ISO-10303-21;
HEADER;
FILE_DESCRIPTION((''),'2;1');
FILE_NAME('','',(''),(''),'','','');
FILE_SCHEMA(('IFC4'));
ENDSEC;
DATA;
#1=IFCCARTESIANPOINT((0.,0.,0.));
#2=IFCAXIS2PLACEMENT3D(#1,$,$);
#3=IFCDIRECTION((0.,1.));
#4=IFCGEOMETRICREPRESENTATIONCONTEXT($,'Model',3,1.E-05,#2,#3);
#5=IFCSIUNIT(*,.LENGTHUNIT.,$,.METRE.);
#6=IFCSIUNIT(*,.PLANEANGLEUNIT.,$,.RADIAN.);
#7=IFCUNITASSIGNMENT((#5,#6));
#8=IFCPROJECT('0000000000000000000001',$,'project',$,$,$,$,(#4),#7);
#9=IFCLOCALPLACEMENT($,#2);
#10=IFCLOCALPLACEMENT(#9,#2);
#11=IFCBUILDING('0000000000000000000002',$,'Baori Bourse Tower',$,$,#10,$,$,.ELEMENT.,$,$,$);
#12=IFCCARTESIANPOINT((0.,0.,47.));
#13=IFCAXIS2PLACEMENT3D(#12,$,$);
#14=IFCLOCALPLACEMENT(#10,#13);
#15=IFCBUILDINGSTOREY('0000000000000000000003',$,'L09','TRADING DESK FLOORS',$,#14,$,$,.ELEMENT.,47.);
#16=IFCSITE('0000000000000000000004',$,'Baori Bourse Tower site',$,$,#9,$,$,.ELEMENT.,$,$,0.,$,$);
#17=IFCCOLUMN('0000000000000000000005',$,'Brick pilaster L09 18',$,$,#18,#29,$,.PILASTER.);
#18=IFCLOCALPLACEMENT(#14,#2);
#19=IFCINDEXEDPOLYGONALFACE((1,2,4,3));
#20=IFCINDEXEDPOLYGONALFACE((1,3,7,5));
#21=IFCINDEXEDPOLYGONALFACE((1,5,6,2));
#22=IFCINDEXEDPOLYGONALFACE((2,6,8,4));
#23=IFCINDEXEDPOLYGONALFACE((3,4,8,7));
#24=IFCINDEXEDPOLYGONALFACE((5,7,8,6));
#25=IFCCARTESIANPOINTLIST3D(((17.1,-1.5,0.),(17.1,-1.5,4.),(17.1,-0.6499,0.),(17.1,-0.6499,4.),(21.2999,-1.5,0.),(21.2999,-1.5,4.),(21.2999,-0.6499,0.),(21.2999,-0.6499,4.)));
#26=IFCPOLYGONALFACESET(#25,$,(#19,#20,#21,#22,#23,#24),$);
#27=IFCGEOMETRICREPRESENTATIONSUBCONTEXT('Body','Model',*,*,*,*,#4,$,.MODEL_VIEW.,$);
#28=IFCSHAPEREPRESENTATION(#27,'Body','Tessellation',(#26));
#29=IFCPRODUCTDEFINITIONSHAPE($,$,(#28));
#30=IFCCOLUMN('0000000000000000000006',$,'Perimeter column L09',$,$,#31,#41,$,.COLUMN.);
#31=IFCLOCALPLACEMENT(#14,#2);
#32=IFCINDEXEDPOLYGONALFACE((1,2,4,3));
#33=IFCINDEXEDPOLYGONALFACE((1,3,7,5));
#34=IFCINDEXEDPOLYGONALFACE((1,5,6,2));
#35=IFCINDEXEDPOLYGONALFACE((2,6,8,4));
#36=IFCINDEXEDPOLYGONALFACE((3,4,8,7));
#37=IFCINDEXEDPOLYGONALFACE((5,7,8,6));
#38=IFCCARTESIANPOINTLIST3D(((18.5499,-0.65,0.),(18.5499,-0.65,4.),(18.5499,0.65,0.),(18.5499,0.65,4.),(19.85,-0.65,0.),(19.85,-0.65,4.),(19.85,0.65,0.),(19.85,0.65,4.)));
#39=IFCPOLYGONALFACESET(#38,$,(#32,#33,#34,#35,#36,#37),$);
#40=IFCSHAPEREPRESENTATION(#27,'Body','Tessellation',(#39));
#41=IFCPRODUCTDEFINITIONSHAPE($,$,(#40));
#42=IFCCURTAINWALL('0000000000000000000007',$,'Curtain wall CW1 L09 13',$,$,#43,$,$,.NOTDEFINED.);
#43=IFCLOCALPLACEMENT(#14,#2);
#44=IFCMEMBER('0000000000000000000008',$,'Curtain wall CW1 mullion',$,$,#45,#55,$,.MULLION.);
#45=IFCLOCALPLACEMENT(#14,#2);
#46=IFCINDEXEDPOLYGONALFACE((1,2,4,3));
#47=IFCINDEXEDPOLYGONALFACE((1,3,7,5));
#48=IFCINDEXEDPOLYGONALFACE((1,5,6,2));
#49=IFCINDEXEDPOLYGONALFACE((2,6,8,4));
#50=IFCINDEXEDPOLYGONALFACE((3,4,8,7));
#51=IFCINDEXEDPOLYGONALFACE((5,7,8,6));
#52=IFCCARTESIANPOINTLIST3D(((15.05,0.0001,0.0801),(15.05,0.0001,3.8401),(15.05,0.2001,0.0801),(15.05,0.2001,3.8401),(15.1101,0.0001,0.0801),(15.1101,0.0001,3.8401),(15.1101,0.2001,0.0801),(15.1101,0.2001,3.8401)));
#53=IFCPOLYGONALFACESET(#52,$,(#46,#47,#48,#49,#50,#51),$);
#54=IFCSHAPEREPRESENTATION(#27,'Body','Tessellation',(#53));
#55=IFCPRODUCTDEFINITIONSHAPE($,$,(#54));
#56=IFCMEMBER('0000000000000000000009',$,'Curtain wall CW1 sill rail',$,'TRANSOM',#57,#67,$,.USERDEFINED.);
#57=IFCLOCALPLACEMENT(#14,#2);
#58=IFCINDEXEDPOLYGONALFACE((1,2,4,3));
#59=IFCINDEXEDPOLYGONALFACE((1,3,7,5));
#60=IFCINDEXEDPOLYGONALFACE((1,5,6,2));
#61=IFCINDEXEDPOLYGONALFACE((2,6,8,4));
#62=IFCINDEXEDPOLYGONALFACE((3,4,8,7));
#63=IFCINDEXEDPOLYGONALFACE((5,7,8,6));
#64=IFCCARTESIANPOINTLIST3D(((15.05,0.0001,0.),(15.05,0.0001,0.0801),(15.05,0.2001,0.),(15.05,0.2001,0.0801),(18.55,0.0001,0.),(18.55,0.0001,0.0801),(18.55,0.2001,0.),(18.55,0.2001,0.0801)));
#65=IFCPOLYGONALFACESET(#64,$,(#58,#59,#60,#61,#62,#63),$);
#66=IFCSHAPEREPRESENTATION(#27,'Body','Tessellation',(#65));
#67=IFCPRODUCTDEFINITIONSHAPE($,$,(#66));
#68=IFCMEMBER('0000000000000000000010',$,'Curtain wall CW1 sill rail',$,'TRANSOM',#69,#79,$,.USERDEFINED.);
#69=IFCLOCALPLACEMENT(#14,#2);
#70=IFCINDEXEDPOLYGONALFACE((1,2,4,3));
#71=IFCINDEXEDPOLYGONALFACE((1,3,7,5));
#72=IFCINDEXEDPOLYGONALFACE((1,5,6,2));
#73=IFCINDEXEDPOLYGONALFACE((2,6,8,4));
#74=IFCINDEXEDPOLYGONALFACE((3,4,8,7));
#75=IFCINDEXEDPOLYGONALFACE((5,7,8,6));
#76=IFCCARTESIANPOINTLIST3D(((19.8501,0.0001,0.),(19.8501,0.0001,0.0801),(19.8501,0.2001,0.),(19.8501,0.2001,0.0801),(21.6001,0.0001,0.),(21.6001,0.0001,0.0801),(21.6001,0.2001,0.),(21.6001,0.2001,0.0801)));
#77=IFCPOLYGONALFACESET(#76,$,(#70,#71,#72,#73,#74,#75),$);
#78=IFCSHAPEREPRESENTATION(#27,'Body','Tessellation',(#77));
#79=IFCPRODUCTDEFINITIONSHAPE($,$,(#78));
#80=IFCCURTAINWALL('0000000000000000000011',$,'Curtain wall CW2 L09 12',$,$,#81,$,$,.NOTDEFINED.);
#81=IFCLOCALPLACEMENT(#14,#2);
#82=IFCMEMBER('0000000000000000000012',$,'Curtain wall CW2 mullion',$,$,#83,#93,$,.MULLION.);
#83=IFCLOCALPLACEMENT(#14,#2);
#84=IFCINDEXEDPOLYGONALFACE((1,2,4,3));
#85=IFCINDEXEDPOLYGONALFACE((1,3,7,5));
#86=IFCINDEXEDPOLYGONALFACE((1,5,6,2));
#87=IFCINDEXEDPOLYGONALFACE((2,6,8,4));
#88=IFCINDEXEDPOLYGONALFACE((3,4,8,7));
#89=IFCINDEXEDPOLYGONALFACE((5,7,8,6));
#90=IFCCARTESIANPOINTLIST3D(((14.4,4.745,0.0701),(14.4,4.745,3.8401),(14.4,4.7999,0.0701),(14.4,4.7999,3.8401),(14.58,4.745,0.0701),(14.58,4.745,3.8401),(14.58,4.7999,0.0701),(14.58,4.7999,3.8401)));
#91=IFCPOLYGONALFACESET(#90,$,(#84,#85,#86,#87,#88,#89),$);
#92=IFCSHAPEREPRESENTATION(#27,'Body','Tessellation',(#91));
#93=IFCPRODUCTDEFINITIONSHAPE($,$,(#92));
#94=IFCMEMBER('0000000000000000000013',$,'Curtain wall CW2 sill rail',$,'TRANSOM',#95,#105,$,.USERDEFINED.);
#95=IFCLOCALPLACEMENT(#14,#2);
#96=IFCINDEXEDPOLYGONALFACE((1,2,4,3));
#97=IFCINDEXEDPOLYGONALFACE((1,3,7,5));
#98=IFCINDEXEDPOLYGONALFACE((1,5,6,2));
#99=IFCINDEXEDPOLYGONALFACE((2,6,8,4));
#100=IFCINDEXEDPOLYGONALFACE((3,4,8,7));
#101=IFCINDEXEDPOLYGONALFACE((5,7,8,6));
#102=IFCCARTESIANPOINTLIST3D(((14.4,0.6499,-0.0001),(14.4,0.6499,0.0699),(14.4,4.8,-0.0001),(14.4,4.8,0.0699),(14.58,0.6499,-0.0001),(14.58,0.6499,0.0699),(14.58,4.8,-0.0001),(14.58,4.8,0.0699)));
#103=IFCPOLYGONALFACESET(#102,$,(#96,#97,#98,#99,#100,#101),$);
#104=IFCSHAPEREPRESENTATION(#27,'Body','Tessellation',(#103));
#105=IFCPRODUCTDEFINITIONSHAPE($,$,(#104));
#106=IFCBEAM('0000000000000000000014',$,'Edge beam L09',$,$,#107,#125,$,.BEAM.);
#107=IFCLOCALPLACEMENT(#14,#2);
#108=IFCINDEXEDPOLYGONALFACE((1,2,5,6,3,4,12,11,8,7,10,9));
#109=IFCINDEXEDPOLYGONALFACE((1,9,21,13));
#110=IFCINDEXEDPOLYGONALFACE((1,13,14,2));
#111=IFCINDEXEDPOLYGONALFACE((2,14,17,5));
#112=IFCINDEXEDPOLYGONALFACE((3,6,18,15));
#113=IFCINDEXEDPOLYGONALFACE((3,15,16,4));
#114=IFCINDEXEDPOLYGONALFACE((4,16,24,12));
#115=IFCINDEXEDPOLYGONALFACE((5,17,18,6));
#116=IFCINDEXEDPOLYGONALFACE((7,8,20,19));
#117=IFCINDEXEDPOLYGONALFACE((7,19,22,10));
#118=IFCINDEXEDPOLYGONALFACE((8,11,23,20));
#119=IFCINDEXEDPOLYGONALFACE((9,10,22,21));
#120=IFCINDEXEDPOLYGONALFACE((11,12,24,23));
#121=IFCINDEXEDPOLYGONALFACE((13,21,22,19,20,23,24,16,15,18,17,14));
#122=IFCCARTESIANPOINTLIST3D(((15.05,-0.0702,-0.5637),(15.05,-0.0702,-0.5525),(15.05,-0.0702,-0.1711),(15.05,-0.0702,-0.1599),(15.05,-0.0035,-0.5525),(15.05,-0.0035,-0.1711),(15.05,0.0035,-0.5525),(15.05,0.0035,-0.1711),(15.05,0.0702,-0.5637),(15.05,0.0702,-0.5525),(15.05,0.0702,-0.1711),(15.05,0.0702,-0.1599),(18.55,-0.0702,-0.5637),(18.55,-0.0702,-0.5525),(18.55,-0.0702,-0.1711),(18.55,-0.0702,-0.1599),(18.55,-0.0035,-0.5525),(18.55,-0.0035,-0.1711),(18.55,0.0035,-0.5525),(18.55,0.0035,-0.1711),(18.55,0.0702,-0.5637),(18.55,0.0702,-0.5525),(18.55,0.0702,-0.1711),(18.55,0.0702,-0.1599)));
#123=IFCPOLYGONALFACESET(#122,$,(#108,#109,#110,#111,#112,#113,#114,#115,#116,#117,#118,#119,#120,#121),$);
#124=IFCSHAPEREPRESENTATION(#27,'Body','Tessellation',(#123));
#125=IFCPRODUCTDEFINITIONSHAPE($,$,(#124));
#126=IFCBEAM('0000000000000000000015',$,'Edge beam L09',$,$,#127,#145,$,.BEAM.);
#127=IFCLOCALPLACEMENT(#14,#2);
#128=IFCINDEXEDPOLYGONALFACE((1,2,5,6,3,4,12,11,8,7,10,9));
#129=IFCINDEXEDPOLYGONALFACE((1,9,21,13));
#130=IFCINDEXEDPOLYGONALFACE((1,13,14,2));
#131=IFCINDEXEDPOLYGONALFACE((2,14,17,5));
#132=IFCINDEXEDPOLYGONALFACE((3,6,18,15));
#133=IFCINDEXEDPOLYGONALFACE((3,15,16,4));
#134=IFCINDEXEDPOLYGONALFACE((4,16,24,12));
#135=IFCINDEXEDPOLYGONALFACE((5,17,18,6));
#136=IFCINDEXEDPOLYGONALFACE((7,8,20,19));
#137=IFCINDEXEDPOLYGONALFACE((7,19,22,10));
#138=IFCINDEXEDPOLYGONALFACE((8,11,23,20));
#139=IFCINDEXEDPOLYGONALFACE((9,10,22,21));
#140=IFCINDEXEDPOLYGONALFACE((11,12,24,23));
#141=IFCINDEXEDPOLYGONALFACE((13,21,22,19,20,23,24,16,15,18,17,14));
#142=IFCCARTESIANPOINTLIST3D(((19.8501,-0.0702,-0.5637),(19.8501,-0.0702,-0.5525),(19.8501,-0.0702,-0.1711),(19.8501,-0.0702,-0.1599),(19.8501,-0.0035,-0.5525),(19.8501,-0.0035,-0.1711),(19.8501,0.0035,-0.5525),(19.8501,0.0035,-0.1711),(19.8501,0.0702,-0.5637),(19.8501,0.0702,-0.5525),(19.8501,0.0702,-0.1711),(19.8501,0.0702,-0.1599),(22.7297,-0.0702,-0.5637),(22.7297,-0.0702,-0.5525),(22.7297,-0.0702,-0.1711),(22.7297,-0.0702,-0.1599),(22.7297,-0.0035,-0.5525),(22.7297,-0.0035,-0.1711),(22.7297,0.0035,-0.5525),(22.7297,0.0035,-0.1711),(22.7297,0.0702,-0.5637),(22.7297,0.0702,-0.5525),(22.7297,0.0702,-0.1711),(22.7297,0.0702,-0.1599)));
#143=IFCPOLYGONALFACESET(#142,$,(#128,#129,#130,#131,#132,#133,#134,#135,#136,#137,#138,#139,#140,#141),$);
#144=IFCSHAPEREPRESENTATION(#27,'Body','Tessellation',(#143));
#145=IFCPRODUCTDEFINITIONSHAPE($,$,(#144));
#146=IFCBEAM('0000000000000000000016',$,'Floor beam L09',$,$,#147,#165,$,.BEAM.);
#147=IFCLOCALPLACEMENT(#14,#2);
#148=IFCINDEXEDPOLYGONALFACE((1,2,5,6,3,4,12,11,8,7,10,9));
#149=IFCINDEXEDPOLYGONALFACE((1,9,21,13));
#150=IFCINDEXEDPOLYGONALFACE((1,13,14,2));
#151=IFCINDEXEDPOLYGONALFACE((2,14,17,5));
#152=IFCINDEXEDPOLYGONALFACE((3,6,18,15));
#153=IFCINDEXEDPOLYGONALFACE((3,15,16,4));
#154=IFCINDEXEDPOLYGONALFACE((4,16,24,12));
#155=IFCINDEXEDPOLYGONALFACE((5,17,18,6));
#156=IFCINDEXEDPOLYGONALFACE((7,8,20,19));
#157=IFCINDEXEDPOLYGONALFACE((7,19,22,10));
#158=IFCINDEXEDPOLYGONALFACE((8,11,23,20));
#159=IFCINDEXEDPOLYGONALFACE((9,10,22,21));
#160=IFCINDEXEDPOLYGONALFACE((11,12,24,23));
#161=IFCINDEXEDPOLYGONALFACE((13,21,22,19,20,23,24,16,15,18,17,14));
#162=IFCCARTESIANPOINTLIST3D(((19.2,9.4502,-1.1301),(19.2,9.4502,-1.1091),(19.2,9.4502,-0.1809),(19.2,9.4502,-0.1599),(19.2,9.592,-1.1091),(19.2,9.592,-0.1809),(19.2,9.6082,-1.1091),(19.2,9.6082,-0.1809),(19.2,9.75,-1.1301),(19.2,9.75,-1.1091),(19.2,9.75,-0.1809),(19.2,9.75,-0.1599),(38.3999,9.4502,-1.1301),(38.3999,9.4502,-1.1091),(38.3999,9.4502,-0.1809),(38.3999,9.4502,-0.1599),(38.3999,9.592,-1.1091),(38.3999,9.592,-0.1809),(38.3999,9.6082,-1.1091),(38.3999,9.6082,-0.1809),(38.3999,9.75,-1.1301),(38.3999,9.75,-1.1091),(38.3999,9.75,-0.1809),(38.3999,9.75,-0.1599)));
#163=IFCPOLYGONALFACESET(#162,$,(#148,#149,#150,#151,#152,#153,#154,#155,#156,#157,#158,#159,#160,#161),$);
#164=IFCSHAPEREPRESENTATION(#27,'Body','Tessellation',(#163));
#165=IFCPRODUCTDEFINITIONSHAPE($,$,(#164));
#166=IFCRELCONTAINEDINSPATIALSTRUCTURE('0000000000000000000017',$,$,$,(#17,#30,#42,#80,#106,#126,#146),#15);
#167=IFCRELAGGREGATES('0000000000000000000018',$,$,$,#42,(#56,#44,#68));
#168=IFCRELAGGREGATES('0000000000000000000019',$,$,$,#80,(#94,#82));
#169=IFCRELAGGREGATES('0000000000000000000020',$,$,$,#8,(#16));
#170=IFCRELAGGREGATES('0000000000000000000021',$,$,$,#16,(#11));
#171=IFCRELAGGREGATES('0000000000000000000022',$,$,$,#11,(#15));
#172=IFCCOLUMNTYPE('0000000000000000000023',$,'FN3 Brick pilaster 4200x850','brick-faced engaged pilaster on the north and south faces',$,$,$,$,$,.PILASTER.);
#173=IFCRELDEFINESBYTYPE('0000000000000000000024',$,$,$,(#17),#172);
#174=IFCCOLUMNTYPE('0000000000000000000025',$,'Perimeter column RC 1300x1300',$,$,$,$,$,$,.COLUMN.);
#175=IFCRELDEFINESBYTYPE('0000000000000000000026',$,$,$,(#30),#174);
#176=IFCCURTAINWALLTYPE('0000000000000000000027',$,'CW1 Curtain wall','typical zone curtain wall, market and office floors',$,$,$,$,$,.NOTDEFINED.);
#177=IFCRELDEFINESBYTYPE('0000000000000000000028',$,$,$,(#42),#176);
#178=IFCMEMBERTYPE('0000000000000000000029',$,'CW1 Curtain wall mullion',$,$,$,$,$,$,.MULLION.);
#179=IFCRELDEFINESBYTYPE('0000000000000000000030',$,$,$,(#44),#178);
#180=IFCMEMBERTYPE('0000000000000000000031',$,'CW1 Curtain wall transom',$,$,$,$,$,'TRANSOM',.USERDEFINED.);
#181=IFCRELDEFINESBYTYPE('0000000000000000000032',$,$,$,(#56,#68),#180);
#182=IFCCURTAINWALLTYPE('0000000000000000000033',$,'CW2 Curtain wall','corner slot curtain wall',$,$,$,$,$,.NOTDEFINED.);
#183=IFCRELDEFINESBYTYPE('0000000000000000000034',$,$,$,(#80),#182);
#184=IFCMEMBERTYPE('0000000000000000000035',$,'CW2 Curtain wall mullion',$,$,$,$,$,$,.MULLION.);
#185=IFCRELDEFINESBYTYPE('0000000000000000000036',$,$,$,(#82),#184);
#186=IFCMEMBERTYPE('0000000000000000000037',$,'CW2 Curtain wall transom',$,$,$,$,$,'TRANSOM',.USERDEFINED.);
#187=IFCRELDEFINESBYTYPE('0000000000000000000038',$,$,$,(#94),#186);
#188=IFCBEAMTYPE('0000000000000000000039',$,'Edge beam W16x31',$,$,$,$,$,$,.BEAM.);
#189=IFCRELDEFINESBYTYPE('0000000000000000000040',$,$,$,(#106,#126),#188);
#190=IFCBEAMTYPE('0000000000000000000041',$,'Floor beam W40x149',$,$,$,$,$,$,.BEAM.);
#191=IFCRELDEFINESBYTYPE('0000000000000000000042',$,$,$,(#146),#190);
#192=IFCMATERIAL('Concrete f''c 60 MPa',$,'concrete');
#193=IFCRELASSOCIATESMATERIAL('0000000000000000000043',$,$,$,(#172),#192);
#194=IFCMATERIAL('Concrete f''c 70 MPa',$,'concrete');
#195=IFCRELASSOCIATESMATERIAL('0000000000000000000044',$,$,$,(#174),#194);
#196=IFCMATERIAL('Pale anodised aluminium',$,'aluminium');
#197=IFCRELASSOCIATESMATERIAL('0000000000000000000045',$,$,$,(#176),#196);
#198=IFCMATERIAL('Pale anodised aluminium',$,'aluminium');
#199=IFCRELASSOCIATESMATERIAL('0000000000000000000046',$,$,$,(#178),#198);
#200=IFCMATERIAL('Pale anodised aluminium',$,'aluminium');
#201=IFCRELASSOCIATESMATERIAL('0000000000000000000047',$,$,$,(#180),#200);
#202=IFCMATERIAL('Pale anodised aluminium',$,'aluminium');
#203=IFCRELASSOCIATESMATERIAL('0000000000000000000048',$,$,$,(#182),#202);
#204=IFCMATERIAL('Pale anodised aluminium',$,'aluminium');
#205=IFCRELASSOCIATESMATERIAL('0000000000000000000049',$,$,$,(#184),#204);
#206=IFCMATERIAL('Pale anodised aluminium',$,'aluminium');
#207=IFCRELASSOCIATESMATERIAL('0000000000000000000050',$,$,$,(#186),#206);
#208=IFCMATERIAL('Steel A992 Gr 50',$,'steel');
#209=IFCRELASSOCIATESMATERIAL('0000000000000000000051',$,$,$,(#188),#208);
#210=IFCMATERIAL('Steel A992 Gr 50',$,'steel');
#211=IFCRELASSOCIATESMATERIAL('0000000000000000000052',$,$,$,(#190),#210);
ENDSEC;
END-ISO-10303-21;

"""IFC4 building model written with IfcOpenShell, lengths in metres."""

from ifc_helpers import new_model, si_unit, direction, frame, origin, origin_2d, place, context, subcontext, project, spatial, rectangle, i_section, extrude, material, material_profile, profile_set, type_object, element, aggregate, save


model = new_model("IFC4")

# Units and contexts
model_context = context("Model", 3, precision=1e-05, world=origin(), true_north=direction((0.0, 1.0)))
body_context = subcontext(model_context, "Body", "Model", "MODEL_VIEW")
ifc_project = project(units=[si_unit("LENGTHUNIT", "METRE"), si_unit("PLANEANGLEUNIT", "RADIAN")], contexts=[model_context])

# Site, building, storey
site_placement = place(None, origin())
site = spatial("IfcSite", under=ifc_project, at=site_placement, Name="Baori Bourse Tower site", CompositionType="ELEMENT", RefElevation=0.0)
building_placement = place(site_placement, origin())
building = spatial("IfcBuilding", under=site, at=building_placement, Name="Baori Bourse Tower", CompositionType="ELEMENT")
storey_placement = place(building_placement, frame((0.0, 0.0, 47.0)))
storey = spatial("IfcBuildingStorey", under=building, at=storey_placement, Name="L09", Description="TRADING DESK FLOORS", CompositionType="ELEMENT", Elevation=47.0)

# Columns
ifc_material_1 = material(Name="Concrete f'c 60 MPa", Category="concrete")
ifc_material_profile_1 = material_profile(ifc_material_1, rectangle(XDim=4.2, YDim=0.8501, at=origin_2d()), Name="RC 4200x850")
ifc_profile_set_1 = profile_set([ifc_material_profile_1], Name="Concrete f'c 60 MPa")
column_type_1 = type_object("IfcColumnType", Name="FN3 Brick pilaster 4200x850", Description="brick-faced engaged pilaster on the north and south faces", PredefinedType="PILASTER", material=ifc_profile_set_1)
column_1_placement = place(storey_placement, frame((19.2, -1.075, 0.0), z_axis=(0.0, 0.0, 1.0), x_axis=(1.0, 0.0, 0.0)))
element("IfcColumn", 1, at=column_1_placement, inside=storey, type_object=column_type_1, Name="Brick pilaster L09 18", PredefinedType="PILASTER", context=body_context, shape_type="SweptSolid", body=[
    extrude(rectangle(XDim=4.2, YDim=0.8501, at=origin_2d()), origin(), (0.0, 0.0, 1.0), 4.0),
])
ifc_material_2 = material(Name="Concrete f'c 70 MPa", Category="concrete")
ifc_material_profile_2 = material_profile(ifc_material_2, rectangle(XDim=1.3, YDim=1.3, at=origin_2d()), Name="RC 1300x1300")
ifc_profile_set_2 = profile_set([ifc_material_profile_2], Name="Concrete f'c 70 MPa")
column_type_2 = type_object("IfcColumnType", Name="Perimeter column RC 1300x1300", PredefinedType="COLUMN", material=ifc_profile_set_2)
column_2_placement = place(storey_placement, frame((19.2, 0.0, 0.0), z_axis=(0.0, 0.0, 1.0), x_axis=(1.0, 0.0, 0.0)))
element("IfcColumn", 2, at=column_2_placement, inside=storey, type_object=column_type_2, Name="Perimeter column L09", PredefinedType="COLUMN", context=body_context, shape_type="SweptSolid", body=[
    extrude(rectangle(XDim=1.3, YDim=1.3, at=origin_2d()), origin(), (0.0, 0.0, 1.0), 4.0),
])

# Curtain walls, members
ifc_material_3 = material(Name="Pale anodised aluminium", Category="aluminium")
curtain_wall_type_1 = type_object("IfcCurtainWallType", Name="CW1 Curtain wall", Description="typical zone curtain wall, market and office floors", PredefinedType="NOTDEFINED", material=ifc_material_3)
curtain_wall_1_placement = place(storey_placement, origin())
curtain_wall_1 = element("IfcCurtainWall", 3, at=curtain_wall_1_placement, inside=storey, type_object=curtain_wall_type_1, Name="Curtain wall CW1 L09 13", PredefinedType="NOTDEFINED")
ifc_material_4 = material(Name="Pale anodised aluminium", Category="aluminium")
ifc_material_profile_3 = material_profile(ifc_material_4, rectangle(XDim=0.2, YDim=0.0601, at=origin_2d()), Name="Mullion 60x200")
ifc_profile_set_3 = profile_set([ifc_material_profile_3], Name="Pale anodised aluminium")
member_type_1 = type_object("IfcMemberType", Name="CW1 Curtain wall mullion", PredefinedType="MULLION", material=ifc_profile_set_3)
member_1_placement = place(storey_placement, frame((15.0801, 0.1001, 0.0801), z_axis=(0.0, 0.0, 1.0), x_axis=(0.0, 1.0, 0.0)))
member_1 = element("IfcMember", 4, at=member_1_placement, type_object=member_type_1, Name="Curtain wall CW1 mullion", PredefinedType="MULLION", context=body_context, shape_type="SweptSolid", body=[
    extrude(rectangle(XDim=0.2, YDim=0.0601, at=origin_2d()), origin(), (0.0, 0.0, 1.0), 3.76),
])
ifc_material_5 = material(Name="Pale anodised aluminium", Category="aluminium")
ifc_material_profile_4 = material_profile(ifc_material_5, rectangle(XDim=0.2, YDim=0.0801, at=origin_2d()), Name="Transom 80x200")
ifc_profile_set_4 = profile_set([ifc_material_profile_4], Name="Pale anodised aluminium")
member_type_2 = type_object("IfcMemberType", Name="CW1 Curtain wall transom", ElementType="TRANSOM", PredefinedType="USERDEFINED", material=ifc_profile_set_4)
member_2_placement = place(storey_placement, frame((15.05, 0.1001, 0.04), z_axis=(1.0, 0.0, 0.0), x_axis=(0.0, 1.0, 0.0)))
member_2 = element("IfcMember", 5, at=member_2_placement, type_object=member_type_2, Name="Curtain wall CW1 sill rail", ObjectType="TRANSOM", PredefinedType="USERDEFINED", context=body_context, shape_type="SweptSolid", body=[
    extrude(rectangle(XDim=0.2, YDim=0.0801, at=origin_2d()), origin(), (0.0, 0.0, 1.0), 3.5),
])
member_3_placement = place(storey_placement, frame((19.8501, 0.1001, 0.04), z_axis=(1.0, 0.0, 0.0), x_axis=(0.0, 1.0, 0.0)))
member_3 = element("IfcMember", 6, at=member_3_placement, type_object=member_type_2, Name="Curtain wall CW1 sill rail", ObjectType="TRANSOM", PredefinedType="USERDEFINED", context=body_context, shape_type="SweptSolid", body=[
    extrude(rectangle(XDim=0.2, YDim=0.0801, at=origin_2d()), origin(), (0.0, 0.0, 1.0), 1.75),
])
ifc_material_6 = material(Name="Pale anodised aluminium", Category="aluminium")
curtain_wall_type_2 = type_object("IfcCurtainWallType", Name="CW2 Curtain wall", Description="corner slot curtain wall", PredefinedType="NOTDEFINED", material=ifc_material_6)
curtain_wall_2_placement = place(storey_placement, origin())
curtain_wall_2 = element("IfcCurtainWall", 7, at=curtain_wall_2_placement, inside=storey, type_object=curtain_wall_type_2, Name="Curtain wall CW2 L09 12", PredefinedType="NOTDEFINED")
ifc_material_7 = material(Name="Pale anodised aluminium", Category="aluminium")
ifc_material_profile_5 = material_profile(ifc_material_7, rectangle(XDim=0.1799, YDim=0.0549, at=origin_2d()), Name="Mullion 55x180")
ifc_profile_set_5 = profile_set([ifc_material_profile_5], Name="Pale anodised aluminium")
member_type_3 = type_object("IfcMemberType", Name="CW2 Curtain wall mullion", PredefinedType="MULLION", material=ifc_profile_set_5)
member_4_placement = place(storey_placement, frame((14.49, 4.7725, 0.0701), z_axis=(0.0, 0.0, 1.0), x_axis=(1.0, 0.0, 0.0)))
member_4 = element("IfcMember", 8, at=member_4_placement, type_object=member_type_3, Name="Curtain wall CW2 mullion", PredefinedType="MULLION", context=body_context, shape_type="SweptSolid", body=[
    extrude(rectangle(XDim=0.1799, YDim=0.0549, at=origin_2d()), origin(), (0.0, 0.0, 1.0), 3.77),
])
ifc_material_8 = material(Name="Pale anodised aluminium", Category="aluminium")
ifc_material_profile_6 = material_profile(ifc_material_8, rectangle(XDim=0.1799, YDim=0.0701, at=origin_2d()), Name="Transom 70x180")
ifc_profile_set_6 = profile_set([ifc_material_profile_6], Name="Pale anodised aluminium")
member_type_4 = type_object("IfcMemberType", Name="CW2 Curtain wall transom", ElementType="TRANSOM", PredefinedType="USERDEFINED", material=ifc_profile_set_6)
member_5_placement = place(storey_placement, frame((14.49, 4.8, 0.0349), z_axis=(0.0, -1.0, 0.0), x_axis=(1.0, 0.0, 0.0)))
member_5 = element("IfcMember", 9, at=member_5_placement, type_object=member_type_4, Name="Curtain wall CW2 sill rail", ObjectType="TRANSOM", PredefinedType="USERDEFINED", context=body_context, shape_type="SweptSolid", body=[
    extrude(rectangle(XDim=0.1799, YDim=0.0701, at=origin_2d()), origin(), (0.0, 0.0, 1.0), 4.1501),
])

# Beams
ifc_material_9 = material(Name="Steel A992 Gr 50", Category="steel")
ifc_material_profile_7 = material_profile(ifc_material_9, i_section(OverallWidth=0.1404, OverallDepth=0.4038, WebThickness=0.0071, FlangeThickness=0.0112, at=origin_2d()), Name="W16x31")
ifc_profile_set_7 = profile_set([ifc_material_profile_7], Name="Steel A992 Gr 50")
beam_type_1 = type_object("IfcBeamType", Name="Edge beam W16x31", PredefinedType="BEAM", material=ifc_profile_set_7)
beam_1_placement = place(storey_placement, frame((15.05, 0.0, -0.3618), z_axis=(1.0, 0.0, 0.0), x_axis=(0.0, 1.0, 0.0)))
element("IfcBeam", 10, at=beam_1_placement, inside=storey, type_object=beam_type_1, Name="Edge beam L09", PredefinedType="BEAM", context=body_context, shape_type="SweptSolid", body=[
    extrude(i_section(OverallWidth=0.1404, OverallDepth=0.4038, WebThickness=0.0071, FlangeThickness=0.0112, at=origin_2d()), origin(), (0.0, 0.0, 1.0), 3.5),
])
beam_2_placement = place(storey_placement, frame((19.8501, 0.0, -0.3618), z_axis=(1.0, 0.0, 0.0), x_axis=(0.0, 1.0, 0.0)))
element("IfcBeam", 11, at=beam_2_placement, inside=storey, type_object=beam_type_1, Name="Edge beam L09", PredefinedType="BEAM", context=body_context, shape_type="SweptSolid", body=[
    extrude(i_section(OverallWidth=0.1404, OverallDepth=0.4038, WebThickness=0.0071, FlangeThickness=0.0112, at=origin_2d()), origin(), (0.0, 0.0, 1.0), 2.8796),
])
ifc_material_10 = material(Name="Steel A992 Gr 50", Category="steel")
ifc_material_profile_8 = material_profile(ifc_material_10, i_section(OverallWidth=0.2998, OverallDepth=0.9702, WebThickness=0.0161, FlangeThickness=0.021, at=origin_2d()), Name="W40x149")
ifc_profile_set_8 = profile_set([ifc_material_profile_8], Name="Steel A992 Gr 50")
beam_type_2 = type_object("IfcBeamType", Name="Floor beam W40x149", PredefinedType="BEAM", material=ifc_profile_set_8)
beam_3_placement = place(storey_placement, frame((19.2, 9.6001, -0.645), z_axis=(1.0, 0.0, 0.0), x_axis=(0.0, 1.0, 0.0)))
element("IfcBeam", 12, at=beam_3_placement, inside=storey, type_object=beam_type_2, Name="Floor beam L09", PredefinedType="BEAM", context=body_context, shape_type="SweptSolid", body=[
    extrude(i_section(OverallWidth=0.2998, OverallDepth=0.9702, WebThickness=0.0161, FlangeThickness=0.021, at=origin_2d()), origin(), (0.0, 0.0, 1.0), 19.2),
])

aggregate(curtain_wall_1, [member_2, member_1, member_3])
aggregate(curtain_wall_2, [member_5, member_4])

save(model, "model.ifc")
